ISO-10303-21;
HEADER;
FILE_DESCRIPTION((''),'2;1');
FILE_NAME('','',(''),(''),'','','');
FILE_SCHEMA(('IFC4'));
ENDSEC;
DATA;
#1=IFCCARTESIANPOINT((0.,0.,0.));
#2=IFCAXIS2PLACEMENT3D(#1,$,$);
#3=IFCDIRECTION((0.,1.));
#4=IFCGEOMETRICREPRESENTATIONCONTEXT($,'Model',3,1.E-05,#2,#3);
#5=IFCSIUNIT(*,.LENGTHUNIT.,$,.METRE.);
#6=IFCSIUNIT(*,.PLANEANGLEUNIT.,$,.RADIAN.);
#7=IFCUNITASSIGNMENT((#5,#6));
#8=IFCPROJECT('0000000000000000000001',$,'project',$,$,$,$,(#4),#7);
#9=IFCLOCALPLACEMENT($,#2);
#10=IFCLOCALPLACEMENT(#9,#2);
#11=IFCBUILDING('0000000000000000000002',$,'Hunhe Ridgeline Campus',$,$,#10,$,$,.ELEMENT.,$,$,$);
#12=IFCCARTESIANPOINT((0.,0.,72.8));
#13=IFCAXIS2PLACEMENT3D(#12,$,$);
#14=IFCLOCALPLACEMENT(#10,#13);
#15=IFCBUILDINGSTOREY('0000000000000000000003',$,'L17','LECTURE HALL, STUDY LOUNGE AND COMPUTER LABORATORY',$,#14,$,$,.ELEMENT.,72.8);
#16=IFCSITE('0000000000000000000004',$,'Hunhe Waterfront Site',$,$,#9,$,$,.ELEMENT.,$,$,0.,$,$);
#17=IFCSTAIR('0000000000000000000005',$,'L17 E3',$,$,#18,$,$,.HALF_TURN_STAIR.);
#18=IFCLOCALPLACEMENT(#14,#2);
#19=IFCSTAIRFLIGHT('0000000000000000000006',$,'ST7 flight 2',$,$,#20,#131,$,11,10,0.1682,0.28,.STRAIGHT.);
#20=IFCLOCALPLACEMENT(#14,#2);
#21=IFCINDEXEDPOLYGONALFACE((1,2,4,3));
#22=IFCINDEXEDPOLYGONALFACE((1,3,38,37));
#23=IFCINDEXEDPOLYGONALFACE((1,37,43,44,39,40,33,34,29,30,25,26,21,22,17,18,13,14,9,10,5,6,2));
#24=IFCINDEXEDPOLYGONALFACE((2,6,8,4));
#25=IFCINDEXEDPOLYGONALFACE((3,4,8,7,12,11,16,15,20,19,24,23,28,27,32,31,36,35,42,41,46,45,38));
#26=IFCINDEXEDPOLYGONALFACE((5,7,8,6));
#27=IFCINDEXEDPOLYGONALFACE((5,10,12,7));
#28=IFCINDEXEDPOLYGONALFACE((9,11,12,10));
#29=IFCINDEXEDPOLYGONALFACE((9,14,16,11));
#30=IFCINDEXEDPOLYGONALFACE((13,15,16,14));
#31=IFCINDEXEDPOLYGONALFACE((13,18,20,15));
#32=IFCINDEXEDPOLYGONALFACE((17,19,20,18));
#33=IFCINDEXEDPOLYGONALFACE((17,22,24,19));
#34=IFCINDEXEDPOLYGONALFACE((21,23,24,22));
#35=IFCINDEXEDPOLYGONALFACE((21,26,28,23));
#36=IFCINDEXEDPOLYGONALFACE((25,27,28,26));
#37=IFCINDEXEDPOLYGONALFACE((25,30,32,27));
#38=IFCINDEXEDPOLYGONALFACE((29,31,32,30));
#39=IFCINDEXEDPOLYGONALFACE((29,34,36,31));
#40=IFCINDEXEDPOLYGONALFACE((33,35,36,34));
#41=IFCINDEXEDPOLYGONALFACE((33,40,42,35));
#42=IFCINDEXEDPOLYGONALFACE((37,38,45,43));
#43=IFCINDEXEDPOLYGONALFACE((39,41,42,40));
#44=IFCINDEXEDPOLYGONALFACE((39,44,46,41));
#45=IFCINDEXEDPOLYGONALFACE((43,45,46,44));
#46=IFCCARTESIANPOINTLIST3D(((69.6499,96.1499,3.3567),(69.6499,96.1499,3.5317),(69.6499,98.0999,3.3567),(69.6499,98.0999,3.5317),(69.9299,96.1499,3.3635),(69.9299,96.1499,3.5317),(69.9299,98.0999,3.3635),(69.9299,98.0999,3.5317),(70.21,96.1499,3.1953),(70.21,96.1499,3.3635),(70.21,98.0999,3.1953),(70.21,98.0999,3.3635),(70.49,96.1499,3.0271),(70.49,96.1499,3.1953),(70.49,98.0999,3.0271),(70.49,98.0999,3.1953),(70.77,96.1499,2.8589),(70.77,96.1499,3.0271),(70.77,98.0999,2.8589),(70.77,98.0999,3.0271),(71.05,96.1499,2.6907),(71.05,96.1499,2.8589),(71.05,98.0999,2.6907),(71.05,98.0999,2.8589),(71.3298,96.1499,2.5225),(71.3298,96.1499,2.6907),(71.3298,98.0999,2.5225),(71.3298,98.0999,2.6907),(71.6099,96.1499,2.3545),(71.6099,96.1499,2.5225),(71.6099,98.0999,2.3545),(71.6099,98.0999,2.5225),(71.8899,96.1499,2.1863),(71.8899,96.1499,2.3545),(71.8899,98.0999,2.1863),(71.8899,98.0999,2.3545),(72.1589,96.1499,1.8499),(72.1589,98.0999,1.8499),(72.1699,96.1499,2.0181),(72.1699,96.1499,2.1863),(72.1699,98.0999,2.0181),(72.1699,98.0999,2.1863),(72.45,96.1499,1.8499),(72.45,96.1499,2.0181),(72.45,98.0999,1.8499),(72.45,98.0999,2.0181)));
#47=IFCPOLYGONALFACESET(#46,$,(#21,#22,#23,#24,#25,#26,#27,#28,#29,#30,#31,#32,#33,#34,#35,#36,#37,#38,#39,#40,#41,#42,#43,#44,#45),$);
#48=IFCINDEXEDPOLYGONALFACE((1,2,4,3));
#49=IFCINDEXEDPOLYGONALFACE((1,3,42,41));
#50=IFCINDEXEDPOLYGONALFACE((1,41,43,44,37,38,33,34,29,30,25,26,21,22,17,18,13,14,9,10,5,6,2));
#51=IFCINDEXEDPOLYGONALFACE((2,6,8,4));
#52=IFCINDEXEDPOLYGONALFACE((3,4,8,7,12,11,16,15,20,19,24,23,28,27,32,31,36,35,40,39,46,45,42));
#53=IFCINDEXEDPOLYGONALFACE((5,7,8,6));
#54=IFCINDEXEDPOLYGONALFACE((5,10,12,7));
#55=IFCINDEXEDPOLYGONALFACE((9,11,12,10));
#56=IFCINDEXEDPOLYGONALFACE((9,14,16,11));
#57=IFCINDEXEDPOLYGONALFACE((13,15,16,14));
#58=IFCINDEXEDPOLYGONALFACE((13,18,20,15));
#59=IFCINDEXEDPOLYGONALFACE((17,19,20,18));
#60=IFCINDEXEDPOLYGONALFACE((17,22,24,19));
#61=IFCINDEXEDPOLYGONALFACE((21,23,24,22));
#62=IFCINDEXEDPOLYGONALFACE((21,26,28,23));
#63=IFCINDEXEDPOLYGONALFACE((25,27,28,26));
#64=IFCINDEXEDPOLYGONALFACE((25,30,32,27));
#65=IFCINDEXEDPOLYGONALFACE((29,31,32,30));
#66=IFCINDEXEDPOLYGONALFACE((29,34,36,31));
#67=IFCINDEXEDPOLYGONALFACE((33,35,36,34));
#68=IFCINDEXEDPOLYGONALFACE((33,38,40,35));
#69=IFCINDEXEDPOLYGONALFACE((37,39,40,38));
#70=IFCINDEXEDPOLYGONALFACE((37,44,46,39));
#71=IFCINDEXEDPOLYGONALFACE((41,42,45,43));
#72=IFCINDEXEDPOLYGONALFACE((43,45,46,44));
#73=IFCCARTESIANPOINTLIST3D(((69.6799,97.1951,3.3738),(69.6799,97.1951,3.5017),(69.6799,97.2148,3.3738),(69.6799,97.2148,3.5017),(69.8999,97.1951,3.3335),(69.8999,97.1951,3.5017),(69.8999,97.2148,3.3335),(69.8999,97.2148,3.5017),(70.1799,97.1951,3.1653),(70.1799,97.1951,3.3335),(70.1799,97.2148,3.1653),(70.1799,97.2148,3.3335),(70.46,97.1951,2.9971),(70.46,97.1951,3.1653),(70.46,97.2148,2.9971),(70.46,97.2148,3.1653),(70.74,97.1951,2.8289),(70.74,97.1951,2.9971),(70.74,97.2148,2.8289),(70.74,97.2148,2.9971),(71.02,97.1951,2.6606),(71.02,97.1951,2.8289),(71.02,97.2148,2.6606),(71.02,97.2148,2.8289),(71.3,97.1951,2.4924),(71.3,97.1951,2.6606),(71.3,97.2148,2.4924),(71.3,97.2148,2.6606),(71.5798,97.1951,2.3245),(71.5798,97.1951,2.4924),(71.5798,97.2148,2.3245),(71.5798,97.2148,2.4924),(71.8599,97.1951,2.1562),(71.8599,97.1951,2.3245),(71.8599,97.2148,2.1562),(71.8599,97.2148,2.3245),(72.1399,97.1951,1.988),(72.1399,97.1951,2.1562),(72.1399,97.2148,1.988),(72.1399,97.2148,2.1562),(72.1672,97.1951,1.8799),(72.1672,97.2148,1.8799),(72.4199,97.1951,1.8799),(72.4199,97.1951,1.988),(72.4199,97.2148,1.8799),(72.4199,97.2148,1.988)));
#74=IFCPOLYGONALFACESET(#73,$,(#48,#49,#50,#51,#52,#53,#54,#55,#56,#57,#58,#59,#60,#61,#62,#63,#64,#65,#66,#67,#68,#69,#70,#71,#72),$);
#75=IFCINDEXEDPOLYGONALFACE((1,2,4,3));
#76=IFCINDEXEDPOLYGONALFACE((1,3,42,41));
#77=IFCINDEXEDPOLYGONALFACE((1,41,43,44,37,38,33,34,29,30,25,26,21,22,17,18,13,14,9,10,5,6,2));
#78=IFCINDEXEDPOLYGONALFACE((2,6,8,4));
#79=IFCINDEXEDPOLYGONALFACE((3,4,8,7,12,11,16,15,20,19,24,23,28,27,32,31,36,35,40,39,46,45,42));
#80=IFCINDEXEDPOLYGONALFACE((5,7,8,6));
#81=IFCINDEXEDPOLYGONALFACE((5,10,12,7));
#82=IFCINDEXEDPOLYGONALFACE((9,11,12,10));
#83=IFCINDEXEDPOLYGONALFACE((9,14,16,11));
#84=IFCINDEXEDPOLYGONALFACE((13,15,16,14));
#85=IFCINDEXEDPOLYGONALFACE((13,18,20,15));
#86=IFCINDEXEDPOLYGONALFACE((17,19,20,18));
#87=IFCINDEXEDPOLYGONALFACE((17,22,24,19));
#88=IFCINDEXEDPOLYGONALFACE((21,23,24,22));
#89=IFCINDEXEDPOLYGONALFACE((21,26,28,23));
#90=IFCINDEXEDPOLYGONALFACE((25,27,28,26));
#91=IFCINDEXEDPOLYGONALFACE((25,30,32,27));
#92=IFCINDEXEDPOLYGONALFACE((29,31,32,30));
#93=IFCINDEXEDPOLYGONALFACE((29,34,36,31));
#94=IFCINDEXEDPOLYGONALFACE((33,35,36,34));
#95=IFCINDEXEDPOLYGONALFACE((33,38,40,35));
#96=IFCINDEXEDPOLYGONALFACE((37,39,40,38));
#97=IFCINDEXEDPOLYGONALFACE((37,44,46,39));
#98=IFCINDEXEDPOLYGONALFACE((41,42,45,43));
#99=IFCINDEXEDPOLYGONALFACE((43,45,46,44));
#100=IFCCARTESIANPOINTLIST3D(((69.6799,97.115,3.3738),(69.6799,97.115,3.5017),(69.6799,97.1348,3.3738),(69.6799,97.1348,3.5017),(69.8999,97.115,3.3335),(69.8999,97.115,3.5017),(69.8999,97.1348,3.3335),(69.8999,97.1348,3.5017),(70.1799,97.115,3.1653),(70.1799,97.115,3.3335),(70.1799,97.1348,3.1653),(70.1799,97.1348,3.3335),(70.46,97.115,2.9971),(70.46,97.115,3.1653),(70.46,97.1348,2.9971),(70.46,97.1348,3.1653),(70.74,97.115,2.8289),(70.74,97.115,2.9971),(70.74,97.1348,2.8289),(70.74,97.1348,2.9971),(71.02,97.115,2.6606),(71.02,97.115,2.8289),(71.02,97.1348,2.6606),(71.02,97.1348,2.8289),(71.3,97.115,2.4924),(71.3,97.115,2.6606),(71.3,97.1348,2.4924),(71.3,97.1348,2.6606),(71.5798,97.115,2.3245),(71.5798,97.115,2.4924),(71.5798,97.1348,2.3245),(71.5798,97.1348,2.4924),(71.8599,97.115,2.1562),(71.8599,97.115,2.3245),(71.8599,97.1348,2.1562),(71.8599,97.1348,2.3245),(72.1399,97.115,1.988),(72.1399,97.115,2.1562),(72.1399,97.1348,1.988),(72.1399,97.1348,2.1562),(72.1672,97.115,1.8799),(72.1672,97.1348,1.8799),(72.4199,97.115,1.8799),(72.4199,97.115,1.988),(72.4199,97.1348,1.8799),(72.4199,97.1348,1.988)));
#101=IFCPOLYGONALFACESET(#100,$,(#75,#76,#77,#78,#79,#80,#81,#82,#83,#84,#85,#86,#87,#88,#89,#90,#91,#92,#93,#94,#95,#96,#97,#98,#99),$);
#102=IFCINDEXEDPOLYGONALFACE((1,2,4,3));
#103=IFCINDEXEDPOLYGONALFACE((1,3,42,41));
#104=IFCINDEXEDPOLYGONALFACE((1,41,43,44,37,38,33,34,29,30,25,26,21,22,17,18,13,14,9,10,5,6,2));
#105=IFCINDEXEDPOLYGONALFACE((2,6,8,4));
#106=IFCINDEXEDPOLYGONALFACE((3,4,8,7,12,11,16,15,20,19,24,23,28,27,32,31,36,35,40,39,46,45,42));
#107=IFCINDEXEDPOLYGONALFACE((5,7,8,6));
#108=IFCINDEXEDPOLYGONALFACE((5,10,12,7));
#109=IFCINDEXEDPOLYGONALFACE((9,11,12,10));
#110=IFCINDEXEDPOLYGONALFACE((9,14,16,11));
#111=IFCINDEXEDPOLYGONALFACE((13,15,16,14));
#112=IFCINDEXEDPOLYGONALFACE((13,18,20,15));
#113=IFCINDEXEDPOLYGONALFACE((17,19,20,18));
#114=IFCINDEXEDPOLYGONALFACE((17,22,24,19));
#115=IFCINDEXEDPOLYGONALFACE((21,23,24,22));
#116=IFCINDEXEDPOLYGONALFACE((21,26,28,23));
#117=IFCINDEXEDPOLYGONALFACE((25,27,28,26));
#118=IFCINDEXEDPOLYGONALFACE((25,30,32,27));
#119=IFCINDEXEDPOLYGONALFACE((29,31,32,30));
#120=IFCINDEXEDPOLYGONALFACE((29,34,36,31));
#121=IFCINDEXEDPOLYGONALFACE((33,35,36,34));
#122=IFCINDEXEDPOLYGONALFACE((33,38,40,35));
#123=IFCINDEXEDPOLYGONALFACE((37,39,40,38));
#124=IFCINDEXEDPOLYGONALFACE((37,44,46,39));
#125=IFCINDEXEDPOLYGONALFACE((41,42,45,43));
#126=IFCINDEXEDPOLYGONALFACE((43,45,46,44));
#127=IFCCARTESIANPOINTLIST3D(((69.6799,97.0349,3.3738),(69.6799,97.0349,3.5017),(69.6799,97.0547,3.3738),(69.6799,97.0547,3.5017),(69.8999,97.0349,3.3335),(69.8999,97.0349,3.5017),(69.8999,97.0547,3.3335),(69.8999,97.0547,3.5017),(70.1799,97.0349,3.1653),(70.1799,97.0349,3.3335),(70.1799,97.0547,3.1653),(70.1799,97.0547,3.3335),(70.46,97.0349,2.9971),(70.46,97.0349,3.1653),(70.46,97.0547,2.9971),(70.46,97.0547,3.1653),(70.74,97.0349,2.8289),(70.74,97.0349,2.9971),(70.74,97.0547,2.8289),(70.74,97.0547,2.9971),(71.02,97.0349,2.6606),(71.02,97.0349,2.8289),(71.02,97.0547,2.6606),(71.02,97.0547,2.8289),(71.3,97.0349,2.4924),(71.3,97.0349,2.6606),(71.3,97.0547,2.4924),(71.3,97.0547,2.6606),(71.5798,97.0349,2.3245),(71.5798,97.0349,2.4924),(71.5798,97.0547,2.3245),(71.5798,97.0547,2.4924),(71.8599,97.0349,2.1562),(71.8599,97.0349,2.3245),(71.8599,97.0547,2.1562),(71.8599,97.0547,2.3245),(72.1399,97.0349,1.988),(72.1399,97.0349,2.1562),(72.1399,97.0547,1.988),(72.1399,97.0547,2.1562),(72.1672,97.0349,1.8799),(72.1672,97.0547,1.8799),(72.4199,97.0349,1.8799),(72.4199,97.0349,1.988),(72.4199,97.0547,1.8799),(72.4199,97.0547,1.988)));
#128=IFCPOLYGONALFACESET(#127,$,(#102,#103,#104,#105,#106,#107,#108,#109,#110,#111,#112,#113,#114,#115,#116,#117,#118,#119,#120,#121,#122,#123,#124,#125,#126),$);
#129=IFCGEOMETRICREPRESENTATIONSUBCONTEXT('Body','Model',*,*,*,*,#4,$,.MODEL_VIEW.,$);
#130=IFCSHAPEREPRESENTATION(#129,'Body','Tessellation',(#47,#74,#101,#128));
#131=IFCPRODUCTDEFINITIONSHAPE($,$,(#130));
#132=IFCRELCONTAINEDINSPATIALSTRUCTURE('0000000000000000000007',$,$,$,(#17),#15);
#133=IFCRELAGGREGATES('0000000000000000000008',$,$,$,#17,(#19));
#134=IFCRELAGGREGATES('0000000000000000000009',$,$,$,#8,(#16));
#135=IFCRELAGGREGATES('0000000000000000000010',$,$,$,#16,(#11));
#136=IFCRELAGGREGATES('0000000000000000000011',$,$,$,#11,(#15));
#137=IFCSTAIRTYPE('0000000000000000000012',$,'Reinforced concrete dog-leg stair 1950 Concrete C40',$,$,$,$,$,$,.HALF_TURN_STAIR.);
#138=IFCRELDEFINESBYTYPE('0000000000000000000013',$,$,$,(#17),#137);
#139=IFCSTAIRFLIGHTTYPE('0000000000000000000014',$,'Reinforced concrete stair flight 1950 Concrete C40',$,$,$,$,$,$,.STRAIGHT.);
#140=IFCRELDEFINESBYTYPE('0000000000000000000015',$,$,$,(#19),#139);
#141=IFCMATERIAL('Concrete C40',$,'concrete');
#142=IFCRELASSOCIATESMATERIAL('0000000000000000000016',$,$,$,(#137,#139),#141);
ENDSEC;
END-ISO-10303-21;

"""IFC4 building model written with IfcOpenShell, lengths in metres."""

from ifc_helpers import new_model, si_unit, direction, frame, origin, place, context, subcontext, project, spatial, polyline, outline, extrude, material, type_object, element, aggregate, save


model = new_model("IFC4")

# Units and contexts
model_context = context("Model", 3, precision=1e-05, world=origin(), true_north=direction((0.0, 1.0)))
body_context = subcontext(model_context, "Body", "Model", "MODEL_VIEW")
ifc_project = project(units=[si_unit("LENGTHUNIT", "METRE"), si_unit("PLANEANGLEUNIT", "RADIAN")], contexts=[model_context])

# Site, building, storey
site_placement = place(None, origin())
site = spatial("IfcSite", under=ifc_project, at=site_placement, Name="Hunhe Waterfront Site", CompositionType="ELEMENT", RefElevation=0.0)
building_placement = place(site_placement, origin())
building = spatial("IfcBuilding", under=site, at=building_placement, Name="Hunhe Ridgeline Campus", CompositionType="ELEMENT")
storey_placement = place(building_placement, frame((0.0, 0.0, 72.8)))
storey = spatial("IfcBuildingStorey", under=building, at=storey_placement, Name="L17", Description="LECTURE HALL, STUDY LOUNGE AND COMPUTER LABORATORY", CompositionType="ELEMENT", Elevation=72.8)

# Shared definitions
ifc_material_1 = material(Name="Concrete C40", Category="concrete")
stair_type = type_object("IfcStairType", Name="Reinforced concrete dog-leg stair 1950 Concrete C40", PredefinedType="HALF_TURN_STAIR", material=ifc_material_1)
stair_flight_type = type_object("IfcStairFlightType", Name="Reinforced concrete stair flight 1950 Concrete C40", PredefinedType="STRAIGHT", material=ifc_material_1)

# Stair, stair flight
stair_1_placement = place(storey_placement, origin())
stair_1 = element("IfcStair", 1, at=stair_1_placement, inside=storey, type_object=stair_type, Name="L17 E3", PredefinedType="HALF_TURN_STAIR")
stair_flight_1_placement = place(storey_placement, frame((72.45, 97.125, 1.8499), z_axis=(0.0, 0.0, 1.0), x_axis=(-1.0, 0.0, 0.0)))
stair_flight_1 = element("IfcStairFlight", 2, at=stair_flight_1_placement, type_object=stair_flight_type, Name="ST7 flight 2", NumberOfRisers=11, NumberOfTreads=10, PredefinedType="STRAIGHT", RiserHeight=0.1682, TreadLength=0.28, context=body_context, shape_type="SweptSolid", body=[
    extrude(outline(polyline([(0.0, 0.0), (0.0, 0.1682), (0.28, 0.1682), (0.28, 0.3364), (0.5601, 0.3364), (0.5601, 0.5046), (0.8401, 0.5046), (0.8401, 0.6726), (1.1201, 0.6726), (1.1201, 0.8408), (1.3999, 0.8408), (1.3999, 1.009), (1.6799, 1.009), (1.6799, 1.1772), (1.96, 1.1772), (1.96, 1.3455), (2.24, 1.3455), (2.24, 1.5137), (2.52, 1.5137), (2.52, 1.6819), (2.8, 1.6819), (2.8, 1.8501), (2.8, 1.5068), (0.291, 0.0), (0.0, 0.0)])), frame((0.0, 0.9751, 0.0), z_axis=(0.0, -1.0, 0.0), x_axis=(1.0, 0.0, 0.0)), (0.0, 0.0, 1.0), 1.95),
    extrude(outline(polyline([(0.03, 0.03), (0.03, 0.1382), (0.3101, 0.1382), (0.3101, 0.3064), (0.5901, 0.3064), (0.5901, 0.4746), (0.8701, 0.4746), (0.8701, 0.6426), (1.1499, 0.6426), (1.1499, 0.8108), (1.4299, 0.8108), (1.4299, 0.979), (1.71, 0.979), (1.71, 1.1472), (1.99, 1.1472), (1.99, 1.3154), (2.27, 1.3154), (2.27, 1.4836), (2.55, 1.4836), (2.55, 1.6519), (2.77, 1.6519), (2.77, 1.5239), (0.2827, 0.03), (0.03, 0.03)])), frame((0.0, -0.0701, 0.0), z_axis=(0.0, -1.0, 0.0), x_axis=(1.0, 0.0, 0.0)), (0.0, 0.0, 1.0), 0.0198),
    extrude(outline(polyline([(0.03, 0.03), (0.03, 0.1382), (0.3101, 0.1382), (0.3101, 0.3064), (0.5901, 0.3064), (0.5901, 0.4746), (0.8701, 0.4746), (0.8701, 0.6426), (1.1499, 0.6426), (1.1499, 0.8108), (1.4299, 0.8108), (1.4299, 0.979), (1.71, 0.979), (1.71, 1.1472), (1.99, 1.1472), (1.99, 1.3154), (2.27, 1.3154), (2.27, 1.4836), (2.55, 1.4836), (2.55, 1.6519), (2.77, 1.6519), (2.77, 1.5239), (0.2827, 0.03), (0.03, 0.03)])), frame((0.0, 0.01, 0.0), z_axis=(0.0, -1.0, 0.0), x_axis=(1.0, 0.0, 0.0)), (0.0, 0.0, 1.0), 0.0198),
    extrude(outline(polyline([(0.03, 0.03), (0.03, 0.1382), (0.3101, 0.1382), (0.3101, 0.3064), (0.5901, 0.3064), (0.5901, 0.4746), (0.8701, 0.4746), (0.8701, 0.6426), (1.1499, 0.6426), (1.1499, 0.8108), (1.4299, 0.8108), (1.4299, 0.979), (1.71, 0.979), (1.71, 1.1472), (1.99, 1.1472), (1.99, 1.3154), (2.27, 1.3154), (2.27, 1.4836), (2.55, 1.4836), (2.55, 1.6519), (2.77, 1.6519), (2.77, 1.5239), (0.2827, 0.03), (0.03, 0.03)])), frame((0.0, 0.0901, 0.0), z_axis=(0.0, -1.0, 0.0), x_axis=(1.0, 0.0, 0.0)), (0.0, 0.0, 1.0), 0.0198),
])
aggregate(stair_1, [stair_flight_1])

save(model, "model.ifc")
